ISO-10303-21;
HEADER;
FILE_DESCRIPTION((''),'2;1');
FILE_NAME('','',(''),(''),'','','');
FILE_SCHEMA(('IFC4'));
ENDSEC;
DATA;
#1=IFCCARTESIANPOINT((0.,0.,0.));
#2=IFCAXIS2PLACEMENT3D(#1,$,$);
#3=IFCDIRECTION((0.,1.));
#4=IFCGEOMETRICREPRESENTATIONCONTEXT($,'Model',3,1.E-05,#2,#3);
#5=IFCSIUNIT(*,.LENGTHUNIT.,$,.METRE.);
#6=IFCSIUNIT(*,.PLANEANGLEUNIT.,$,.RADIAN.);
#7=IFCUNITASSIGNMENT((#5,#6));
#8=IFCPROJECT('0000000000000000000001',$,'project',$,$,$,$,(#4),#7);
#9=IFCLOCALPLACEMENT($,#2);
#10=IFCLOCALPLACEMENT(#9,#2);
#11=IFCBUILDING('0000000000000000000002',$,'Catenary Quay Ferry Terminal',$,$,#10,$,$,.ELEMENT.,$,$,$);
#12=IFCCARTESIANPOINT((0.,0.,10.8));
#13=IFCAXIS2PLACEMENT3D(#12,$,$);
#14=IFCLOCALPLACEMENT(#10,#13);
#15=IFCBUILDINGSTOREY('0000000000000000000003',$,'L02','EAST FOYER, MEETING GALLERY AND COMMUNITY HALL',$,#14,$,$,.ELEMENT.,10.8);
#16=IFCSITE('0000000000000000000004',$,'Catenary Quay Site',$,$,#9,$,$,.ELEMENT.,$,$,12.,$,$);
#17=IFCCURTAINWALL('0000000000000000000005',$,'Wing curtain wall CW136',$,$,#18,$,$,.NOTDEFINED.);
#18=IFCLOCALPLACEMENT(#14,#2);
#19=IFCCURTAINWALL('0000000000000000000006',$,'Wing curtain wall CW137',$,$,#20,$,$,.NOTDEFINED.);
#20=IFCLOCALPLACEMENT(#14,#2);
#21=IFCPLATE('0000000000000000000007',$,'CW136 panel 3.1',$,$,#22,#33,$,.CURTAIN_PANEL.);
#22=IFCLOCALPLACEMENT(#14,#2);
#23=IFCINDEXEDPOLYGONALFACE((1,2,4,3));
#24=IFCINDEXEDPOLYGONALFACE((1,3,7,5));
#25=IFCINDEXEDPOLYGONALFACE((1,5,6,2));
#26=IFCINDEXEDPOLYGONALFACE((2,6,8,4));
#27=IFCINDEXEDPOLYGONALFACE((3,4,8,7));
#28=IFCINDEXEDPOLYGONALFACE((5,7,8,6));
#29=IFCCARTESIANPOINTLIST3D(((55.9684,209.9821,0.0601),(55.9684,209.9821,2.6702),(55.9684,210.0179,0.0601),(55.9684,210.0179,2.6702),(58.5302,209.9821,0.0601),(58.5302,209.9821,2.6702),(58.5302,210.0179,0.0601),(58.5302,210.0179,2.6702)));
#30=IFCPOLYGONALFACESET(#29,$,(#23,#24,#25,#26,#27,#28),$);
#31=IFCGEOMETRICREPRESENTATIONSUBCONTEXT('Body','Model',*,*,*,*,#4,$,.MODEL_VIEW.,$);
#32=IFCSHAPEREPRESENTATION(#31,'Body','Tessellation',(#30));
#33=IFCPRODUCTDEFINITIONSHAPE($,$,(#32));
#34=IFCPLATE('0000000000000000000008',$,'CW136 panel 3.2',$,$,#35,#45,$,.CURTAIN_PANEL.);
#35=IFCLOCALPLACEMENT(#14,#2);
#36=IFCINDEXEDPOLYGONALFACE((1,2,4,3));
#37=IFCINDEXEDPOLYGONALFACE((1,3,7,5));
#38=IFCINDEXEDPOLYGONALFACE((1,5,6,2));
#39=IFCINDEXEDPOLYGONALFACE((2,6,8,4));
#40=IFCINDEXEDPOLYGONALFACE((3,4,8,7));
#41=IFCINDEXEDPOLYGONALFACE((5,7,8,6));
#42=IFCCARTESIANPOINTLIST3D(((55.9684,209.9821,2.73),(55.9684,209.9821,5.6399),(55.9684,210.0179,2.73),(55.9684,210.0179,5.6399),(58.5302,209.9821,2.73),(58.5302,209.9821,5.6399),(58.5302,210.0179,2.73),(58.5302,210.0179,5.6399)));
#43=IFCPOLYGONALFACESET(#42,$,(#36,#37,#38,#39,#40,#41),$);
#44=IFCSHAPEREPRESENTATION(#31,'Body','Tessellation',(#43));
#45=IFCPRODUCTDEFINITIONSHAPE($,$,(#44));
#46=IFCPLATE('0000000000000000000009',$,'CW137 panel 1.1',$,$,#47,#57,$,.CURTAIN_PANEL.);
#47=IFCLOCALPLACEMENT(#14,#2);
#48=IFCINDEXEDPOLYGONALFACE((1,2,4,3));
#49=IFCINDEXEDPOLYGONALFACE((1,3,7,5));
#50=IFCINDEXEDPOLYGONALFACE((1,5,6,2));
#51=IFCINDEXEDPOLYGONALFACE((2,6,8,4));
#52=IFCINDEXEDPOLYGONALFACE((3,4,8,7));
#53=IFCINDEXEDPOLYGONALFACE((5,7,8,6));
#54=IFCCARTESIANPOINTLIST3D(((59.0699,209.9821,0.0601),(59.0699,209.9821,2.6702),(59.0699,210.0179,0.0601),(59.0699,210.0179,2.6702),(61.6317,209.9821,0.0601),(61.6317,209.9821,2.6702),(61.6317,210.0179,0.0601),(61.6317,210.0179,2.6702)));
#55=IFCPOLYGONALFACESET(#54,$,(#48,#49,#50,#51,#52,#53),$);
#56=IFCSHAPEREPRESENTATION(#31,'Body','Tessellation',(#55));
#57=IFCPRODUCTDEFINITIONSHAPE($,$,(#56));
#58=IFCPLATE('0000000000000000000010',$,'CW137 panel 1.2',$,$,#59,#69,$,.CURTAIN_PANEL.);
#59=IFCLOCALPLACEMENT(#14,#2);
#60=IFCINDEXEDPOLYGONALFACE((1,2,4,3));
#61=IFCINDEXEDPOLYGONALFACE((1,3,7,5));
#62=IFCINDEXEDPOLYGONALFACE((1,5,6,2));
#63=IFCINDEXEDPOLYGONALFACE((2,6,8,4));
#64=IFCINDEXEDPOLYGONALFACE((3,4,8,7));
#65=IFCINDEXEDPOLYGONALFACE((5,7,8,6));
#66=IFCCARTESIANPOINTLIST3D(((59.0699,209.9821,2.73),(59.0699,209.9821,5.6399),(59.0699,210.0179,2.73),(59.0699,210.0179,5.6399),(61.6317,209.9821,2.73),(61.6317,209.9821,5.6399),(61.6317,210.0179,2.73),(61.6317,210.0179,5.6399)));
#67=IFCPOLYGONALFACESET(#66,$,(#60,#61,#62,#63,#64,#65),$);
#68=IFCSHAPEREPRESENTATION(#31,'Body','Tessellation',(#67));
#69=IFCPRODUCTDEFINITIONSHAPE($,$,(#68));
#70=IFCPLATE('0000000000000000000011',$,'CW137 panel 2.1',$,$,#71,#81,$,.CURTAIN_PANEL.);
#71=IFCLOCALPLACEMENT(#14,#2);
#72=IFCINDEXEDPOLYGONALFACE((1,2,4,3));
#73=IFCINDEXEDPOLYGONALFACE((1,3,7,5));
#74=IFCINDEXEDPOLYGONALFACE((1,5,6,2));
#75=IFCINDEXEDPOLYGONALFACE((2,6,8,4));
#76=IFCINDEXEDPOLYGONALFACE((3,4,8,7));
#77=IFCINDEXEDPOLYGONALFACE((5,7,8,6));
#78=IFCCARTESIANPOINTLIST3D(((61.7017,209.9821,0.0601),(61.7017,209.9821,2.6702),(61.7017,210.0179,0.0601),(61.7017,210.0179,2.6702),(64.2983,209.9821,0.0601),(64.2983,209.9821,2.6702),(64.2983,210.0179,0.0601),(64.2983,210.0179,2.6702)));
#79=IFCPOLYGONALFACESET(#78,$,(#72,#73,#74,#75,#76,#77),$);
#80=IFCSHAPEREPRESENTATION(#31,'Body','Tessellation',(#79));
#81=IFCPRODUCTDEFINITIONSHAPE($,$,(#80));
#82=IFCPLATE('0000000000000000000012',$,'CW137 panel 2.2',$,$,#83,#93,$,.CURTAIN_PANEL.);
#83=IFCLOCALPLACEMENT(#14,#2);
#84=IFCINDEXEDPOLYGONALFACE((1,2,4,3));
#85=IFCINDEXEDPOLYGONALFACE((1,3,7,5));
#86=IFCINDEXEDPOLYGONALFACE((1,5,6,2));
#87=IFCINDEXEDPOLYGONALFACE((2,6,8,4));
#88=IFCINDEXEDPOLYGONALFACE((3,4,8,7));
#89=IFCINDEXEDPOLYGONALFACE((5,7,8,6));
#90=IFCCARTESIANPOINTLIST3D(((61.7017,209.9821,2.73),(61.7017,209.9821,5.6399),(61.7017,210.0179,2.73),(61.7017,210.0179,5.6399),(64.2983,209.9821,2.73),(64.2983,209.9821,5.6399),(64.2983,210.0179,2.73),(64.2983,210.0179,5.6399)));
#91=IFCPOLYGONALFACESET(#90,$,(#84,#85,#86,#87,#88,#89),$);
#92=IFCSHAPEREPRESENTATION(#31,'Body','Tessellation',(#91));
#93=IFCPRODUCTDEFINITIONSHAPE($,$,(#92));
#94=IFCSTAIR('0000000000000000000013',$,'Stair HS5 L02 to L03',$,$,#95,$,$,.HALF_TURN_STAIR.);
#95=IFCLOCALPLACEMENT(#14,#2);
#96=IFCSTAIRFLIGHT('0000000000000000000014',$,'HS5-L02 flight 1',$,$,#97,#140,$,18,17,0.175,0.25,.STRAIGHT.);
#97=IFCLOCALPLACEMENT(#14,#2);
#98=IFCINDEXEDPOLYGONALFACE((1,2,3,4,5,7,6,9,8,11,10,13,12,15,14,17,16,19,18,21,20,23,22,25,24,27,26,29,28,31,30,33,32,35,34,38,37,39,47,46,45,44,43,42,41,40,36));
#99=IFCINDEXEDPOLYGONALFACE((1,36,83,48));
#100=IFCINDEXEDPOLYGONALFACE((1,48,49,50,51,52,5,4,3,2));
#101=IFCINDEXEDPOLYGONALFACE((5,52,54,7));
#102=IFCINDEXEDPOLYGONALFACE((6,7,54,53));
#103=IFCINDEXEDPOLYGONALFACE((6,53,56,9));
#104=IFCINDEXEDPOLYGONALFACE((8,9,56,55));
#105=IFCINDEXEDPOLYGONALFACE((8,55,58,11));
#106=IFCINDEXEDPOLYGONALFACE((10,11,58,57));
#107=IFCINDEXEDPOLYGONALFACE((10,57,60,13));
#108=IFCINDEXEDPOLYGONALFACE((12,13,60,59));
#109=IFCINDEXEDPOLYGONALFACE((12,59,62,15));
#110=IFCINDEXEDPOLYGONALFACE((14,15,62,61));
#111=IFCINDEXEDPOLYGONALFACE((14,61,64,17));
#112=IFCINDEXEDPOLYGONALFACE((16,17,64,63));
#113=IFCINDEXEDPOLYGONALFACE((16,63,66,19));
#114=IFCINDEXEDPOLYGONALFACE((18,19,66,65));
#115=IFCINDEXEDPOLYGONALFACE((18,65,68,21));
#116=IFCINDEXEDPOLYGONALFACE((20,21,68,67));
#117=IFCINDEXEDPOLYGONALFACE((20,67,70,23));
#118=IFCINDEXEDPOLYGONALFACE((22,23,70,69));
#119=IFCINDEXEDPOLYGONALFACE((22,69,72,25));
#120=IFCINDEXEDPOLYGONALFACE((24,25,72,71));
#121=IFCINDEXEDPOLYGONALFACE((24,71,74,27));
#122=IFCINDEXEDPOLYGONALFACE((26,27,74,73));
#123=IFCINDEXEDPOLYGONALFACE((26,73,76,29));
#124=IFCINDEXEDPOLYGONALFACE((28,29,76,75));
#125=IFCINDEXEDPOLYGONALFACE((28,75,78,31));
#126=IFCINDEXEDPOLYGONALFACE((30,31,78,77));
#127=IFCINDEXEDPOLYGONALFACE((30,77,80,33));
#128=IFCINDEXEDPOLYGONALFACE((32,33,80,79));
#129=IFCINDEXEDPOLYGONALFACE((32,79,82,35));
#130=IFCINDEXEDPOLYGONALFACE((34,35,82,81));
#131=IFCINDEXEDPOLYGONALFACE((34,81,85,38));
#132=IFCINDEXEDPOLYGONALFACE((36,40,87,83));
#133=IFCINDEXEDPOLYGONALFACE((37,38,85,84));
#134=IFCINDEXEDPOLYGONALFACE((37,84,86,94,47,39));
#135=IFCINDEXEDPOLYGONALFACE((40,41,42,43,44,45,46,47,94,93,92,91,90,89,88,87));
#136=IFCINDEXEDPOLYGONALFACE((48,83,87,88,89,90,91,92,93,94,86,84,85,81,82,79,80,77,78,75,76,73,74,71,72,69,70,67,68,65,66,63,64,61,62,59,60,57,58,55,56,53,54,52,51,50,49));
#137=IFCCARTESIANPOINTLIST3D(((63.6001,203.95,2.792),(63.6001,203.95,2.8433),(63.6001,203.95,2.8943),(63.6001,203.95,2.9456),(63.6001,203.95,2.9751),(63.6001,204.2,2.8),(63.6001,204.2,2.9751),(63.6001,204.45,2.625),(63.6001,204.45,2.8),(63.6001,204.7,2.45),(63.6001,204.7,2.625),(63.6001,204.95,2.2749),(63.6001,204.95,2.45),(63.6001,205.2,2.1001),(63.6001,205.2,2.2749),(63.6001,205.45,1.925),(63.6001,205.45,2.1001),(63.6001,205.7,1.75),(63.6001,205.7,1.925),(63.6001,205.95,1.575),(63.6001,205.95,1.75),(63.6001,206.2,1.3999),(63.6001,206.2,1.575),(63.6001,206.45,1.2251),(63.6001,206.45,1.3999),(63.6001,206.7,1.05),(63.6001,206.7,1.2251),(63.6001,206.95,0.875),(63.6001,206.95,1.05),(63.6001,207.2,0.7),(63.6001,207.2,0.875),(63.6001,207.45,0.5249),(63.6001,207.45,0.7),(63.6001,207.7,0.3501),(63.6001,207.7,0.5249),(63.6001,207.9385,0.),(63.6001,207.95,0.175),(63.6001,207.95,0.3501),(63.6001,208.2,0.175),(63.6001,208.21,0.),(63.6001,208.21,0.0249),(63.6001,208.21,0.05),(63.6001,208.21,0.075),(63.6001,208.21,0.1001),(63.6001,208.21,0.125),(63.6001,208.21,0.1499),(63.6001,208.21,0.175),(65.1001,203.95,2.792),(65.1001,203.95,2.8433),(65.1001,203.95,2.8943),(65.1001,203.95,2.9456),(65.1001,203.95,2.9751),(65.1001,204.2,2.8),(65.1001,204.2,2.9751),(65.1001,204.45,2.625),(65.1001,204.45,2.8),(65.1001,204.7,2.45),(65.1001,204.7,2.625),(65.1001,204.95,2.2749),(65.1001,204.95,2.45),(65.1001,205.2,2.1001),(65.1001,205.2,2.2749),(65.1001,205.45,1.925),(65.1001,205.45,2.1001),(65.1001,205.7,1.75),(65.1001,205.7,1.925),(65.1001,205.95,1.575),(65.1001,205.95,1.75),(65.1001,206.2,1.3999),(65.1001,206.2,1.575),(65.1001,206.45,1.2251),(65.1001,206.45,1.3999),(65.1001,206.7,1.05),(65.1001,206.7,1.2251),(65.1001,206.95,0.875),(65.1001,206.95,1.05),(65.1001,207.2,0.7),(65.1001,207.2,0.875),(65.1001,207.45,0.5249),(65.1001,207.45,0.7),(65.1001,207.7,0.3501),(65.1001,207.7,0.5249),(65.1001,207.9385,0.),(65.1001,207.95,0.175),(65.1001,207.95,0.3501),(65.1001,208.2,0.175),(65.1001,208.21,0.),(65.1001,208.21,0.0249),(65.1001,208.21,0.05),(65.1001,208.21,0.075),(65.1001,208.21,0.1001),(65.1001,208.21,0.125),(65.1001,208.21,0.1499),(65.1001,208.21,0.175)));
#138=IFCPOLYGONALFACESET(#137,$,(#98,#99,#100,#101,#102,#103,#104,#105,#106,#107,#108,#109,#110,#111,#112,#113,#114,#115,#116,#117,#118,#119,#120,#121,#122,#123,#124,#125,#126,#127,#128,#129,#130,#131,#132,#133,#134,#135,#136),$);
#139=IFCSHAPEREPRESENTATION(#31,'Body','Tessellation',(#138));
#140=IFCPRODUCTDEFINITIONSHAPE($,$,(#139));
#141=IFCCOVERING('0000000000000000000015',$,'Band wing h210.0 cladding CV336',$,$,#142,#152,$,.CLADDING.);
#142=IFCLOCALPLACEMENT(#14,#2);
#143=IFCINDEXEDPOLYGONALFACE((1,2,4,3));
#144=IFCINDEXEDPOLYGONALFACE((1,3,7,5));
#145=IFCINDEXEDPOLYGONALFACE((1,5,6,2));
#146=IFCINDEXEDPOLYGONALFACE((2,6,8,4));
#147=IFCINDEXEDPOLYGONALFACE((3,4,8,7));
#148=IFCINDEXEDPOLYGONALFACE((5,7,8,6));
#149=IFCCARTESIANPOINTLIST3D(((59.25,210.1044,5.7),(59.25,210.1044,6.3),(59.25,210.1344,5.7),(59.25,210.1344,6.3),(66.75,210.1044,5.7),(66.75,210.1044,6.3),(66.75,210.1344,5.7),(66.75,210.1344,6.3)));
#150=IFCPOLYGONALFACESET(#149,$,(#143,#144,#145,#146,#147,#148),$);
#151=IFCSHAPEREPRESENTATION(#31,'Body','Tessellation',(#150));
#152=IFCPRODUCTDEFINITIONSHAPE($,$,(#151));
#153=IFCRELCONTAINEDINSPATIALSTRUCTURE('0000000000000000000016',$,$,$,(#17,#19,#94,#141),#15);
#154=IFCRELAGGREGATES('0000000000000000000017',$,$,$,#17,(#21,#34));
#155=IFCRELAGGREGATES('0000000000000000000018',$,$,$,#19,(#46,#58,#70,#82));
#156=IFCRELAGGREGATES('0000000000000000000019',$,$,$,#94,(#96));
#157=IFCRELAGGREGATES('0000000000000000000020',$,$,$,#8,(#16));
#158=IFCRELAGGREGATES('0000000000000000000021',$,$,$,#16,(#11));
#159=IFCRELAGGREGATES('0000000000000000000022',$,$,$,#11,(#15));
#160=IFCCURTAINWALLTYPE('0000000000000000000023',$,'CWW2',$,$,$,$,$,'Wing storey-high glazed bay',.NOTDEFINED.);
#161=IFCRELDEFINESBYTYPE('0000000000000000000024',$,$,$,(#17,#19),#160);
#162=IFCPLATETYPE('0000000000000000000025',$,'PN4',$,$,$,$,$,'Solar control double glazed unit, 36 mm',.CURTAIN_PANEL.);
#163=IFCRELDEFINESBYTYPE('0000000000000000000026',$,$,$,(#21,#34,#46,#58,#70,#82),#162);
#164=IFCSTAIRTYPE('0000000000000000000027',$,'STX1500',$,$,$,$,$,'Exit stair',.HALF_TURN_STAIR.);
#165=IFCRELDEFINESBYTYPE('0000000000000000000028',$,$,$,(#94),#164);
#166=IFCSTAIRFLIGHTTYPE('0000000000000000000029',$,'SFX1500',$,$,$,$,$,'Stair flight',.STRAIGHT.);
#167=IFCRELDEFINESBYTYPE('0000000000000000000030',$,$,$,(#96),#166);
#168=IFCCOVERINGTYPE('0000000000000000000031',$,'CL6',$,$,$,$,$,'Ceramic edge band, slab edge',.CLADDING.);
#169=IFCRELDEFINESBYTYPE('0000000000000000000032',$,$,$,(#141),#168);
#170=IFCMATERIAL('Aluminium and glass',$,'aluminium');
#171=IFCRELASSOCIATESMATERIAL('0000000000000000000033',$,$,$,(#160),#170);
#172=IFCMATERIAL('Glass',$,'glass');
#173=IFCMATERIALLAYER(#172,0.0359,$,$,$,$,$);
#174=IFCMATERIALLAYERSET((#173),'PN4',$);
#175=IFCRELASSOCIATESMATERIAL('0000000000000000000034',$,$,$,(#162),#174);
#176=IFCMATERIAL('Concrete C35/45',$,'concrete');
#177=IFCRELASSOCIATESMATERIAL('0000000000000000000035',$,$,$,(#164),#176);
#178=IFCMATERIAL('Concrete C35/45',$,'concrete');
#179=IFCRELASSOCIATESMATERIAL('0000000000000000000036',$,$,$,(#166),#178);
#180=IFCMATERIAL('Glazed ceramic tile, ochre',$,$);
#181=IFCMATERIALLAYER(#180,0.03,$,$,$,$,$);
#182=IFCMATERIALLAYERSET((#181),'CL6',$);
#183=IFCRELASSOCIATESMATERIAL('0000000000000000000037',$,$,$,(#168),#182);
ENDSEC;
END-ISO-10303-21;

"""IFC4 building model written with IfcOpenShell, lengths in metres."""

from ifc_helpers import new_model, si_unit, direction, frame, origin, origin_2d, place, context, subcontext, project, spatial, polyline, rectangle, outline, extrude, material, layer, layer_set, type_object, element, aggregate, save


model = new_model("IFC4")

# Units and contexts
model_context = context("Model", 3, precision=1e-05, world=origin(), true_north=direction((0.0, 1.0)))
body_context = subcontext(model_context, "Body", "Model", "MODEL_VIEW")
ifc_project = project(units=[si_unit("LENGTHUNIT", "METRE"), si_unit("PLANEANGLEUNIT", "RADIAN")], contexts=[model_context])

# Site, building, storey
site_placement = place(None, origin())
site = spatial("IfcSite", under=ifc_project, at=site_placement, Name="Catenary Quay Site", CompositionType="ELEMENT", RefElevation=12.0)
building_placement = place(site_placement, origin())
building = spatial("IfcBuilding", under=site, at=building_placement, Name="Catenary Quay Ferry Terminal", CompositionType="ELEMENT")
storey_placement = place(building_placement, frame((0.0, 0.0, 10.8)))
storey = spatial("IfcBuildingStorey", under=building, at=storey_placement, Name="L02", Description="EAST FOYER, MEETING GALLERY AND COMMUNITY HALL", CompositionType="ELEMENT", Elevation=10.8)

# Curtain wall
ifc_material_1 = material(Name="Aluminium and glass", Category="aluminium")
curtain_wall_type = type_object("IfcCurtainWallType", Name="CWW2", ElementType="Wing storey-high glazed bay", PredefinedType="NOTDEFINED", material=ifc_material_1)
curtain_wall_1_placement = place(storey_placement, origin())
curtain_wall_1 = element("IfcCurtainWall", 1, at=curtain_wall_1_placement, inside=storey, type_object=curtain_wall_type, Name="Wing curtain wall CW136", PredefinedType="NOTDEFINED")

# Curtain wall
curtain_wall_2_placement = place(storey_placement, origin())
curtain_wall_2 = element("IfcCurtainWall", 2, at=curtain_wall_2_placement, inside=storey, type_object=curtain_wall_type, Name="Wing curtain wall CW137", PredefinedType="NOTDEFINED")

# Plates
ifc_material_2 = material(Name="Glass", Category="glass")
ifc_layer_1 = layer(ifc_material_2, 0.0359)
ifc_layer_set_1 = layer_set([ifc_layer_1], Name="PN4")
plate_type = type_object("IfcPlateType", Name="PN4", ElementType="Solar control double glazed unit, 36 mm", PredefinedType="CURTAIN_PANEL", material=ifc_layer_set_1)
plate_1_placement = place(storey_placement, frame((57.2493, 210.0, 0.0601), z_axis=(0.0, 0.0, 1.0), x_axis=(1.0, 0.0, 0.0)))
plate_1 = element("IfcPlate", 3, at=plate_1_placement, type_object=plate_type, Name="CW136 panel 3.1", PredefinedType="CURTAIN_PANEL", context=body_context, shape_type="SweptSolid", body=[
    extrude(rectangle(XDim=2.5618, YDim=0.0359, at=origin_2d()), origin(), (0.0, 0.0, 1.0), 2.6101),
])
plate_2_placement = place(storey_placement, frame((57.2493, 210.0, 2.73), z_axis=(0.0, 0.0, 1.0), x_axis=(1.0, 0.0, 0.0)))
plate_2 = element("IfcPlate", 4, at=plate_2_placement, type_object=plate_type, Name="CW136 panel 3.2", PredefinedType="CURTAIN_PANEL", context=body_context, shape_type="SweptSolid", body=[
    extrude(rectangle(XDim=2.5618, YDim=0.0359, at=origin_2d()), origin(), (0.0, 0.0, 1.0), 2.9099),
])
aggregate(curtain_wall_1, [plate_1, plate_2])
plate_3_placement = place(storey_placement, frame((60.3508, 210.0, 0.0601), z_axis=(0.0, 0.0, 1.0), x_axis=(1.0, 0.0, 0.0)))
plate_3 = element("IfcPlate", 5, at=plate_3_placement, type_object=plate_type, Name="CW137 panel 1.1", PredefinedType="CURTAIN_PANEL", context=body_context, shape_type="SweptSolid", body=[
    extrude(rectangle(XDim=2.5618, YDim=0.0359, at=origin_2d()), origin(), (0.0, 0.0, 1.0), 2.6101),
])
plate_4_placement = place(storey_placement, frame((60.3508, 210.0, 2.73), z_axis=(0.0, 0.0, 1.0), x_axis=(1.0, 0.0, 0.0)))
plate_4 = element("IfcPlate", 6, at=plate_4_placement, type_object=plate_type, Name="CW137 panel 1.2", PredefinedType="CURTAIN_PANEL", context=body_context, shape_type="SweptSolid", body=[
    extrude(rectangle(XDim=2.5618, YDim=0.0359, at=origin_2d()), origin(), (0.0, 0.0, 1.0), 2.9099),
])
plate_5_placement = place(storey_placement, frame((63.0, 210.0, 0.0601), z_axis=(0.0, 0.0, 1.0), x_axis=(1.0, 0.0, 0.0)))
plate_5 = element("IfcPlate", 7, at=plate_5_placement, type_object=plate_type, Name="CW137 panel 2.1", PredefinedType="CURTAIN_PANEL", context=body_context, shape_type="SweptSolid", body=[
    extrude(rectangle(XDim=2.5967, YDim=0.0359, at=origin_2d()), origin(), (0.0, 0.0, 1.0), 2.6101),
])
plate_6_placement = place(storey_placement, frame((63.0, 210.0, 2.73), z_axis=(0.0, 0.0, 1.0), x_axis=(1.0, 0.0, 0.0)))
plate_6 = element("IfcPlate", 8, at=plate_6_placement, type_object=plate_type, Name="CW137 panel 2.2", PredefinedType="CURTAIN_PANEL", context=body_context, shape_type="SweptSolid", body=[
    extrude(rectangle(XDim=2.5967, YDim=0.0359, at=origin_2d()), origin(), (0.0, 0.0, 1.0), 2.9099),
])
aggregate(curtain_wall_2, [plate_3, plate_4, plate_5, plate_6])

# Stair, stair flight
ifc_material_3 = material(Name="Concrete C35/45", Category="concrete")
stair_type = type_object("IfcStairType", Name="STX1500", ElementType="Exit stair", PredefinedType="HALF_TURN_STAIR", material=ifc_material_3)
stair_placement = place(storey_placement, origin())
stair = element("IfcStair", 9, at=stair_placement, inside=storey, type_object=stair_type, Name="Stair HS5 L02 to L03", PredefinedType="HALF_TURN_STAIR")
ifc_material_4 = material(Name="Concrete C35/45", Category="concrete")
stair_flight_type = type_object("IfcStairFlightType", Name="SFX1500", ElementType="Stair flight", PredefinedType="STRAIGHT", material=ifc_material_4)
stair_flight_placement = place(storey_placement, frame((64.3501, 208.2, 0.0), z_axis=(0.0, 0.0, 1.0), x_axis=(0.0, -1.0, 0.0)))
stair_flight = element("IfcStairFlight", 10, at=stair_flight_placement, type_object=stair_flight_type, Name="HS5-L02 flight 1", NumberOfRisers=18, NumberOfTreads=17, PredefinedType="STRAIGHT", RiserHeight=0.175, TreadLength=0.25, context=body_context, shape_type="SweptSolid", body=[
    extrude(outline(polyline([(-0.01, 0.0), (-0.01, 0.0249), (-0.01, 0.05), (-0.01, 0.075), (-0.01, 0.1001), (-0.01, 0.125), (-0.01, 0.1499), (-0.01, 0.175), (0.0, 0.175), (0.25, 0.175), (0.25, 0.3501), (0.5, 0.3501), (0.5, 0.5249), (0.75, 0.5249), (0.75, 0.7), (1.0, 0.7), (1.0, 0.875), (1.25, 0.875), (1.25, 1.05), (1.5, 1.05), (1.5, 1.2251), (1.75, 1.2251), (1.75, 1.3999), (2.0, 1.3999), (2.0, 1.575), (2.25, 1.575), (2.25, 1.75), (2.5, 1.75), (2.5, 1.925), (2.75, 1.925), (2.75, 2.1001), (3.0, 2.1001), (3.0, 2.2749), (3.25, 2.2749), (3.25, 2.45), (3.5, 2.45), (3.5, 2.625), (3.75, 2.625), (3.75, 2.8), (4.0, 2.8), (4.0, 2.9751), (4.25, 2.9751), (4.25, 3.1499), (4.25, 3.0989), (4.25, 3.0476), (4.25, 2.9966), (4.25, 2.9456), (4.25, 2.8943), (4.25, 2.8433), (4.25, 2.792), (0.2615, 0.0), (-0.01, 0.0)])), frame((0.0, 0.75, 0.0), z_axis=(0.0, -1.0, 0.0), x_axis=(1.0, 0.0, 0.0)), (0.0, 0.0, 1.0), 1.5),
])
aggregate(stair, [stair_flight])

# Covering
ifc_material_5 = material(Name="Glazed ceramic tile, ochre")
ifc_layer_2 = layer(ifc_material_5, 0.03)
ifc_layer_set_2 = layer_set([ifc_layer_2], Name="CL6")
covering_type = type_object("IfcCoveringType", Name="CL6", ElementType="Ceramic edge band, slab edge", PredefinedType="CLADDING", material=ifc_layer_set_2)
covering_placement = place(storey_placement, frame((63.0, 210.1194, 5.7), z_axis=(0.0, 0.0, 1.0), x_axis=(1.0, 0.0, 0.0)))
element("IfcCovering", 11, at=covering_placement, inside=storey, type_object=covering_type, Name="Band wing h210.0 cladding CV336", PredefinedType="CLADDING", context=body_context, shape_type="SweptSolid", body=[
    extrude(rectangle(XDim=7.5, YDim=0.03, at=origin_2d()), origin(), (0.0, 0.0, 1.0), 0.6001),
])

save(model, "model.ifc")
